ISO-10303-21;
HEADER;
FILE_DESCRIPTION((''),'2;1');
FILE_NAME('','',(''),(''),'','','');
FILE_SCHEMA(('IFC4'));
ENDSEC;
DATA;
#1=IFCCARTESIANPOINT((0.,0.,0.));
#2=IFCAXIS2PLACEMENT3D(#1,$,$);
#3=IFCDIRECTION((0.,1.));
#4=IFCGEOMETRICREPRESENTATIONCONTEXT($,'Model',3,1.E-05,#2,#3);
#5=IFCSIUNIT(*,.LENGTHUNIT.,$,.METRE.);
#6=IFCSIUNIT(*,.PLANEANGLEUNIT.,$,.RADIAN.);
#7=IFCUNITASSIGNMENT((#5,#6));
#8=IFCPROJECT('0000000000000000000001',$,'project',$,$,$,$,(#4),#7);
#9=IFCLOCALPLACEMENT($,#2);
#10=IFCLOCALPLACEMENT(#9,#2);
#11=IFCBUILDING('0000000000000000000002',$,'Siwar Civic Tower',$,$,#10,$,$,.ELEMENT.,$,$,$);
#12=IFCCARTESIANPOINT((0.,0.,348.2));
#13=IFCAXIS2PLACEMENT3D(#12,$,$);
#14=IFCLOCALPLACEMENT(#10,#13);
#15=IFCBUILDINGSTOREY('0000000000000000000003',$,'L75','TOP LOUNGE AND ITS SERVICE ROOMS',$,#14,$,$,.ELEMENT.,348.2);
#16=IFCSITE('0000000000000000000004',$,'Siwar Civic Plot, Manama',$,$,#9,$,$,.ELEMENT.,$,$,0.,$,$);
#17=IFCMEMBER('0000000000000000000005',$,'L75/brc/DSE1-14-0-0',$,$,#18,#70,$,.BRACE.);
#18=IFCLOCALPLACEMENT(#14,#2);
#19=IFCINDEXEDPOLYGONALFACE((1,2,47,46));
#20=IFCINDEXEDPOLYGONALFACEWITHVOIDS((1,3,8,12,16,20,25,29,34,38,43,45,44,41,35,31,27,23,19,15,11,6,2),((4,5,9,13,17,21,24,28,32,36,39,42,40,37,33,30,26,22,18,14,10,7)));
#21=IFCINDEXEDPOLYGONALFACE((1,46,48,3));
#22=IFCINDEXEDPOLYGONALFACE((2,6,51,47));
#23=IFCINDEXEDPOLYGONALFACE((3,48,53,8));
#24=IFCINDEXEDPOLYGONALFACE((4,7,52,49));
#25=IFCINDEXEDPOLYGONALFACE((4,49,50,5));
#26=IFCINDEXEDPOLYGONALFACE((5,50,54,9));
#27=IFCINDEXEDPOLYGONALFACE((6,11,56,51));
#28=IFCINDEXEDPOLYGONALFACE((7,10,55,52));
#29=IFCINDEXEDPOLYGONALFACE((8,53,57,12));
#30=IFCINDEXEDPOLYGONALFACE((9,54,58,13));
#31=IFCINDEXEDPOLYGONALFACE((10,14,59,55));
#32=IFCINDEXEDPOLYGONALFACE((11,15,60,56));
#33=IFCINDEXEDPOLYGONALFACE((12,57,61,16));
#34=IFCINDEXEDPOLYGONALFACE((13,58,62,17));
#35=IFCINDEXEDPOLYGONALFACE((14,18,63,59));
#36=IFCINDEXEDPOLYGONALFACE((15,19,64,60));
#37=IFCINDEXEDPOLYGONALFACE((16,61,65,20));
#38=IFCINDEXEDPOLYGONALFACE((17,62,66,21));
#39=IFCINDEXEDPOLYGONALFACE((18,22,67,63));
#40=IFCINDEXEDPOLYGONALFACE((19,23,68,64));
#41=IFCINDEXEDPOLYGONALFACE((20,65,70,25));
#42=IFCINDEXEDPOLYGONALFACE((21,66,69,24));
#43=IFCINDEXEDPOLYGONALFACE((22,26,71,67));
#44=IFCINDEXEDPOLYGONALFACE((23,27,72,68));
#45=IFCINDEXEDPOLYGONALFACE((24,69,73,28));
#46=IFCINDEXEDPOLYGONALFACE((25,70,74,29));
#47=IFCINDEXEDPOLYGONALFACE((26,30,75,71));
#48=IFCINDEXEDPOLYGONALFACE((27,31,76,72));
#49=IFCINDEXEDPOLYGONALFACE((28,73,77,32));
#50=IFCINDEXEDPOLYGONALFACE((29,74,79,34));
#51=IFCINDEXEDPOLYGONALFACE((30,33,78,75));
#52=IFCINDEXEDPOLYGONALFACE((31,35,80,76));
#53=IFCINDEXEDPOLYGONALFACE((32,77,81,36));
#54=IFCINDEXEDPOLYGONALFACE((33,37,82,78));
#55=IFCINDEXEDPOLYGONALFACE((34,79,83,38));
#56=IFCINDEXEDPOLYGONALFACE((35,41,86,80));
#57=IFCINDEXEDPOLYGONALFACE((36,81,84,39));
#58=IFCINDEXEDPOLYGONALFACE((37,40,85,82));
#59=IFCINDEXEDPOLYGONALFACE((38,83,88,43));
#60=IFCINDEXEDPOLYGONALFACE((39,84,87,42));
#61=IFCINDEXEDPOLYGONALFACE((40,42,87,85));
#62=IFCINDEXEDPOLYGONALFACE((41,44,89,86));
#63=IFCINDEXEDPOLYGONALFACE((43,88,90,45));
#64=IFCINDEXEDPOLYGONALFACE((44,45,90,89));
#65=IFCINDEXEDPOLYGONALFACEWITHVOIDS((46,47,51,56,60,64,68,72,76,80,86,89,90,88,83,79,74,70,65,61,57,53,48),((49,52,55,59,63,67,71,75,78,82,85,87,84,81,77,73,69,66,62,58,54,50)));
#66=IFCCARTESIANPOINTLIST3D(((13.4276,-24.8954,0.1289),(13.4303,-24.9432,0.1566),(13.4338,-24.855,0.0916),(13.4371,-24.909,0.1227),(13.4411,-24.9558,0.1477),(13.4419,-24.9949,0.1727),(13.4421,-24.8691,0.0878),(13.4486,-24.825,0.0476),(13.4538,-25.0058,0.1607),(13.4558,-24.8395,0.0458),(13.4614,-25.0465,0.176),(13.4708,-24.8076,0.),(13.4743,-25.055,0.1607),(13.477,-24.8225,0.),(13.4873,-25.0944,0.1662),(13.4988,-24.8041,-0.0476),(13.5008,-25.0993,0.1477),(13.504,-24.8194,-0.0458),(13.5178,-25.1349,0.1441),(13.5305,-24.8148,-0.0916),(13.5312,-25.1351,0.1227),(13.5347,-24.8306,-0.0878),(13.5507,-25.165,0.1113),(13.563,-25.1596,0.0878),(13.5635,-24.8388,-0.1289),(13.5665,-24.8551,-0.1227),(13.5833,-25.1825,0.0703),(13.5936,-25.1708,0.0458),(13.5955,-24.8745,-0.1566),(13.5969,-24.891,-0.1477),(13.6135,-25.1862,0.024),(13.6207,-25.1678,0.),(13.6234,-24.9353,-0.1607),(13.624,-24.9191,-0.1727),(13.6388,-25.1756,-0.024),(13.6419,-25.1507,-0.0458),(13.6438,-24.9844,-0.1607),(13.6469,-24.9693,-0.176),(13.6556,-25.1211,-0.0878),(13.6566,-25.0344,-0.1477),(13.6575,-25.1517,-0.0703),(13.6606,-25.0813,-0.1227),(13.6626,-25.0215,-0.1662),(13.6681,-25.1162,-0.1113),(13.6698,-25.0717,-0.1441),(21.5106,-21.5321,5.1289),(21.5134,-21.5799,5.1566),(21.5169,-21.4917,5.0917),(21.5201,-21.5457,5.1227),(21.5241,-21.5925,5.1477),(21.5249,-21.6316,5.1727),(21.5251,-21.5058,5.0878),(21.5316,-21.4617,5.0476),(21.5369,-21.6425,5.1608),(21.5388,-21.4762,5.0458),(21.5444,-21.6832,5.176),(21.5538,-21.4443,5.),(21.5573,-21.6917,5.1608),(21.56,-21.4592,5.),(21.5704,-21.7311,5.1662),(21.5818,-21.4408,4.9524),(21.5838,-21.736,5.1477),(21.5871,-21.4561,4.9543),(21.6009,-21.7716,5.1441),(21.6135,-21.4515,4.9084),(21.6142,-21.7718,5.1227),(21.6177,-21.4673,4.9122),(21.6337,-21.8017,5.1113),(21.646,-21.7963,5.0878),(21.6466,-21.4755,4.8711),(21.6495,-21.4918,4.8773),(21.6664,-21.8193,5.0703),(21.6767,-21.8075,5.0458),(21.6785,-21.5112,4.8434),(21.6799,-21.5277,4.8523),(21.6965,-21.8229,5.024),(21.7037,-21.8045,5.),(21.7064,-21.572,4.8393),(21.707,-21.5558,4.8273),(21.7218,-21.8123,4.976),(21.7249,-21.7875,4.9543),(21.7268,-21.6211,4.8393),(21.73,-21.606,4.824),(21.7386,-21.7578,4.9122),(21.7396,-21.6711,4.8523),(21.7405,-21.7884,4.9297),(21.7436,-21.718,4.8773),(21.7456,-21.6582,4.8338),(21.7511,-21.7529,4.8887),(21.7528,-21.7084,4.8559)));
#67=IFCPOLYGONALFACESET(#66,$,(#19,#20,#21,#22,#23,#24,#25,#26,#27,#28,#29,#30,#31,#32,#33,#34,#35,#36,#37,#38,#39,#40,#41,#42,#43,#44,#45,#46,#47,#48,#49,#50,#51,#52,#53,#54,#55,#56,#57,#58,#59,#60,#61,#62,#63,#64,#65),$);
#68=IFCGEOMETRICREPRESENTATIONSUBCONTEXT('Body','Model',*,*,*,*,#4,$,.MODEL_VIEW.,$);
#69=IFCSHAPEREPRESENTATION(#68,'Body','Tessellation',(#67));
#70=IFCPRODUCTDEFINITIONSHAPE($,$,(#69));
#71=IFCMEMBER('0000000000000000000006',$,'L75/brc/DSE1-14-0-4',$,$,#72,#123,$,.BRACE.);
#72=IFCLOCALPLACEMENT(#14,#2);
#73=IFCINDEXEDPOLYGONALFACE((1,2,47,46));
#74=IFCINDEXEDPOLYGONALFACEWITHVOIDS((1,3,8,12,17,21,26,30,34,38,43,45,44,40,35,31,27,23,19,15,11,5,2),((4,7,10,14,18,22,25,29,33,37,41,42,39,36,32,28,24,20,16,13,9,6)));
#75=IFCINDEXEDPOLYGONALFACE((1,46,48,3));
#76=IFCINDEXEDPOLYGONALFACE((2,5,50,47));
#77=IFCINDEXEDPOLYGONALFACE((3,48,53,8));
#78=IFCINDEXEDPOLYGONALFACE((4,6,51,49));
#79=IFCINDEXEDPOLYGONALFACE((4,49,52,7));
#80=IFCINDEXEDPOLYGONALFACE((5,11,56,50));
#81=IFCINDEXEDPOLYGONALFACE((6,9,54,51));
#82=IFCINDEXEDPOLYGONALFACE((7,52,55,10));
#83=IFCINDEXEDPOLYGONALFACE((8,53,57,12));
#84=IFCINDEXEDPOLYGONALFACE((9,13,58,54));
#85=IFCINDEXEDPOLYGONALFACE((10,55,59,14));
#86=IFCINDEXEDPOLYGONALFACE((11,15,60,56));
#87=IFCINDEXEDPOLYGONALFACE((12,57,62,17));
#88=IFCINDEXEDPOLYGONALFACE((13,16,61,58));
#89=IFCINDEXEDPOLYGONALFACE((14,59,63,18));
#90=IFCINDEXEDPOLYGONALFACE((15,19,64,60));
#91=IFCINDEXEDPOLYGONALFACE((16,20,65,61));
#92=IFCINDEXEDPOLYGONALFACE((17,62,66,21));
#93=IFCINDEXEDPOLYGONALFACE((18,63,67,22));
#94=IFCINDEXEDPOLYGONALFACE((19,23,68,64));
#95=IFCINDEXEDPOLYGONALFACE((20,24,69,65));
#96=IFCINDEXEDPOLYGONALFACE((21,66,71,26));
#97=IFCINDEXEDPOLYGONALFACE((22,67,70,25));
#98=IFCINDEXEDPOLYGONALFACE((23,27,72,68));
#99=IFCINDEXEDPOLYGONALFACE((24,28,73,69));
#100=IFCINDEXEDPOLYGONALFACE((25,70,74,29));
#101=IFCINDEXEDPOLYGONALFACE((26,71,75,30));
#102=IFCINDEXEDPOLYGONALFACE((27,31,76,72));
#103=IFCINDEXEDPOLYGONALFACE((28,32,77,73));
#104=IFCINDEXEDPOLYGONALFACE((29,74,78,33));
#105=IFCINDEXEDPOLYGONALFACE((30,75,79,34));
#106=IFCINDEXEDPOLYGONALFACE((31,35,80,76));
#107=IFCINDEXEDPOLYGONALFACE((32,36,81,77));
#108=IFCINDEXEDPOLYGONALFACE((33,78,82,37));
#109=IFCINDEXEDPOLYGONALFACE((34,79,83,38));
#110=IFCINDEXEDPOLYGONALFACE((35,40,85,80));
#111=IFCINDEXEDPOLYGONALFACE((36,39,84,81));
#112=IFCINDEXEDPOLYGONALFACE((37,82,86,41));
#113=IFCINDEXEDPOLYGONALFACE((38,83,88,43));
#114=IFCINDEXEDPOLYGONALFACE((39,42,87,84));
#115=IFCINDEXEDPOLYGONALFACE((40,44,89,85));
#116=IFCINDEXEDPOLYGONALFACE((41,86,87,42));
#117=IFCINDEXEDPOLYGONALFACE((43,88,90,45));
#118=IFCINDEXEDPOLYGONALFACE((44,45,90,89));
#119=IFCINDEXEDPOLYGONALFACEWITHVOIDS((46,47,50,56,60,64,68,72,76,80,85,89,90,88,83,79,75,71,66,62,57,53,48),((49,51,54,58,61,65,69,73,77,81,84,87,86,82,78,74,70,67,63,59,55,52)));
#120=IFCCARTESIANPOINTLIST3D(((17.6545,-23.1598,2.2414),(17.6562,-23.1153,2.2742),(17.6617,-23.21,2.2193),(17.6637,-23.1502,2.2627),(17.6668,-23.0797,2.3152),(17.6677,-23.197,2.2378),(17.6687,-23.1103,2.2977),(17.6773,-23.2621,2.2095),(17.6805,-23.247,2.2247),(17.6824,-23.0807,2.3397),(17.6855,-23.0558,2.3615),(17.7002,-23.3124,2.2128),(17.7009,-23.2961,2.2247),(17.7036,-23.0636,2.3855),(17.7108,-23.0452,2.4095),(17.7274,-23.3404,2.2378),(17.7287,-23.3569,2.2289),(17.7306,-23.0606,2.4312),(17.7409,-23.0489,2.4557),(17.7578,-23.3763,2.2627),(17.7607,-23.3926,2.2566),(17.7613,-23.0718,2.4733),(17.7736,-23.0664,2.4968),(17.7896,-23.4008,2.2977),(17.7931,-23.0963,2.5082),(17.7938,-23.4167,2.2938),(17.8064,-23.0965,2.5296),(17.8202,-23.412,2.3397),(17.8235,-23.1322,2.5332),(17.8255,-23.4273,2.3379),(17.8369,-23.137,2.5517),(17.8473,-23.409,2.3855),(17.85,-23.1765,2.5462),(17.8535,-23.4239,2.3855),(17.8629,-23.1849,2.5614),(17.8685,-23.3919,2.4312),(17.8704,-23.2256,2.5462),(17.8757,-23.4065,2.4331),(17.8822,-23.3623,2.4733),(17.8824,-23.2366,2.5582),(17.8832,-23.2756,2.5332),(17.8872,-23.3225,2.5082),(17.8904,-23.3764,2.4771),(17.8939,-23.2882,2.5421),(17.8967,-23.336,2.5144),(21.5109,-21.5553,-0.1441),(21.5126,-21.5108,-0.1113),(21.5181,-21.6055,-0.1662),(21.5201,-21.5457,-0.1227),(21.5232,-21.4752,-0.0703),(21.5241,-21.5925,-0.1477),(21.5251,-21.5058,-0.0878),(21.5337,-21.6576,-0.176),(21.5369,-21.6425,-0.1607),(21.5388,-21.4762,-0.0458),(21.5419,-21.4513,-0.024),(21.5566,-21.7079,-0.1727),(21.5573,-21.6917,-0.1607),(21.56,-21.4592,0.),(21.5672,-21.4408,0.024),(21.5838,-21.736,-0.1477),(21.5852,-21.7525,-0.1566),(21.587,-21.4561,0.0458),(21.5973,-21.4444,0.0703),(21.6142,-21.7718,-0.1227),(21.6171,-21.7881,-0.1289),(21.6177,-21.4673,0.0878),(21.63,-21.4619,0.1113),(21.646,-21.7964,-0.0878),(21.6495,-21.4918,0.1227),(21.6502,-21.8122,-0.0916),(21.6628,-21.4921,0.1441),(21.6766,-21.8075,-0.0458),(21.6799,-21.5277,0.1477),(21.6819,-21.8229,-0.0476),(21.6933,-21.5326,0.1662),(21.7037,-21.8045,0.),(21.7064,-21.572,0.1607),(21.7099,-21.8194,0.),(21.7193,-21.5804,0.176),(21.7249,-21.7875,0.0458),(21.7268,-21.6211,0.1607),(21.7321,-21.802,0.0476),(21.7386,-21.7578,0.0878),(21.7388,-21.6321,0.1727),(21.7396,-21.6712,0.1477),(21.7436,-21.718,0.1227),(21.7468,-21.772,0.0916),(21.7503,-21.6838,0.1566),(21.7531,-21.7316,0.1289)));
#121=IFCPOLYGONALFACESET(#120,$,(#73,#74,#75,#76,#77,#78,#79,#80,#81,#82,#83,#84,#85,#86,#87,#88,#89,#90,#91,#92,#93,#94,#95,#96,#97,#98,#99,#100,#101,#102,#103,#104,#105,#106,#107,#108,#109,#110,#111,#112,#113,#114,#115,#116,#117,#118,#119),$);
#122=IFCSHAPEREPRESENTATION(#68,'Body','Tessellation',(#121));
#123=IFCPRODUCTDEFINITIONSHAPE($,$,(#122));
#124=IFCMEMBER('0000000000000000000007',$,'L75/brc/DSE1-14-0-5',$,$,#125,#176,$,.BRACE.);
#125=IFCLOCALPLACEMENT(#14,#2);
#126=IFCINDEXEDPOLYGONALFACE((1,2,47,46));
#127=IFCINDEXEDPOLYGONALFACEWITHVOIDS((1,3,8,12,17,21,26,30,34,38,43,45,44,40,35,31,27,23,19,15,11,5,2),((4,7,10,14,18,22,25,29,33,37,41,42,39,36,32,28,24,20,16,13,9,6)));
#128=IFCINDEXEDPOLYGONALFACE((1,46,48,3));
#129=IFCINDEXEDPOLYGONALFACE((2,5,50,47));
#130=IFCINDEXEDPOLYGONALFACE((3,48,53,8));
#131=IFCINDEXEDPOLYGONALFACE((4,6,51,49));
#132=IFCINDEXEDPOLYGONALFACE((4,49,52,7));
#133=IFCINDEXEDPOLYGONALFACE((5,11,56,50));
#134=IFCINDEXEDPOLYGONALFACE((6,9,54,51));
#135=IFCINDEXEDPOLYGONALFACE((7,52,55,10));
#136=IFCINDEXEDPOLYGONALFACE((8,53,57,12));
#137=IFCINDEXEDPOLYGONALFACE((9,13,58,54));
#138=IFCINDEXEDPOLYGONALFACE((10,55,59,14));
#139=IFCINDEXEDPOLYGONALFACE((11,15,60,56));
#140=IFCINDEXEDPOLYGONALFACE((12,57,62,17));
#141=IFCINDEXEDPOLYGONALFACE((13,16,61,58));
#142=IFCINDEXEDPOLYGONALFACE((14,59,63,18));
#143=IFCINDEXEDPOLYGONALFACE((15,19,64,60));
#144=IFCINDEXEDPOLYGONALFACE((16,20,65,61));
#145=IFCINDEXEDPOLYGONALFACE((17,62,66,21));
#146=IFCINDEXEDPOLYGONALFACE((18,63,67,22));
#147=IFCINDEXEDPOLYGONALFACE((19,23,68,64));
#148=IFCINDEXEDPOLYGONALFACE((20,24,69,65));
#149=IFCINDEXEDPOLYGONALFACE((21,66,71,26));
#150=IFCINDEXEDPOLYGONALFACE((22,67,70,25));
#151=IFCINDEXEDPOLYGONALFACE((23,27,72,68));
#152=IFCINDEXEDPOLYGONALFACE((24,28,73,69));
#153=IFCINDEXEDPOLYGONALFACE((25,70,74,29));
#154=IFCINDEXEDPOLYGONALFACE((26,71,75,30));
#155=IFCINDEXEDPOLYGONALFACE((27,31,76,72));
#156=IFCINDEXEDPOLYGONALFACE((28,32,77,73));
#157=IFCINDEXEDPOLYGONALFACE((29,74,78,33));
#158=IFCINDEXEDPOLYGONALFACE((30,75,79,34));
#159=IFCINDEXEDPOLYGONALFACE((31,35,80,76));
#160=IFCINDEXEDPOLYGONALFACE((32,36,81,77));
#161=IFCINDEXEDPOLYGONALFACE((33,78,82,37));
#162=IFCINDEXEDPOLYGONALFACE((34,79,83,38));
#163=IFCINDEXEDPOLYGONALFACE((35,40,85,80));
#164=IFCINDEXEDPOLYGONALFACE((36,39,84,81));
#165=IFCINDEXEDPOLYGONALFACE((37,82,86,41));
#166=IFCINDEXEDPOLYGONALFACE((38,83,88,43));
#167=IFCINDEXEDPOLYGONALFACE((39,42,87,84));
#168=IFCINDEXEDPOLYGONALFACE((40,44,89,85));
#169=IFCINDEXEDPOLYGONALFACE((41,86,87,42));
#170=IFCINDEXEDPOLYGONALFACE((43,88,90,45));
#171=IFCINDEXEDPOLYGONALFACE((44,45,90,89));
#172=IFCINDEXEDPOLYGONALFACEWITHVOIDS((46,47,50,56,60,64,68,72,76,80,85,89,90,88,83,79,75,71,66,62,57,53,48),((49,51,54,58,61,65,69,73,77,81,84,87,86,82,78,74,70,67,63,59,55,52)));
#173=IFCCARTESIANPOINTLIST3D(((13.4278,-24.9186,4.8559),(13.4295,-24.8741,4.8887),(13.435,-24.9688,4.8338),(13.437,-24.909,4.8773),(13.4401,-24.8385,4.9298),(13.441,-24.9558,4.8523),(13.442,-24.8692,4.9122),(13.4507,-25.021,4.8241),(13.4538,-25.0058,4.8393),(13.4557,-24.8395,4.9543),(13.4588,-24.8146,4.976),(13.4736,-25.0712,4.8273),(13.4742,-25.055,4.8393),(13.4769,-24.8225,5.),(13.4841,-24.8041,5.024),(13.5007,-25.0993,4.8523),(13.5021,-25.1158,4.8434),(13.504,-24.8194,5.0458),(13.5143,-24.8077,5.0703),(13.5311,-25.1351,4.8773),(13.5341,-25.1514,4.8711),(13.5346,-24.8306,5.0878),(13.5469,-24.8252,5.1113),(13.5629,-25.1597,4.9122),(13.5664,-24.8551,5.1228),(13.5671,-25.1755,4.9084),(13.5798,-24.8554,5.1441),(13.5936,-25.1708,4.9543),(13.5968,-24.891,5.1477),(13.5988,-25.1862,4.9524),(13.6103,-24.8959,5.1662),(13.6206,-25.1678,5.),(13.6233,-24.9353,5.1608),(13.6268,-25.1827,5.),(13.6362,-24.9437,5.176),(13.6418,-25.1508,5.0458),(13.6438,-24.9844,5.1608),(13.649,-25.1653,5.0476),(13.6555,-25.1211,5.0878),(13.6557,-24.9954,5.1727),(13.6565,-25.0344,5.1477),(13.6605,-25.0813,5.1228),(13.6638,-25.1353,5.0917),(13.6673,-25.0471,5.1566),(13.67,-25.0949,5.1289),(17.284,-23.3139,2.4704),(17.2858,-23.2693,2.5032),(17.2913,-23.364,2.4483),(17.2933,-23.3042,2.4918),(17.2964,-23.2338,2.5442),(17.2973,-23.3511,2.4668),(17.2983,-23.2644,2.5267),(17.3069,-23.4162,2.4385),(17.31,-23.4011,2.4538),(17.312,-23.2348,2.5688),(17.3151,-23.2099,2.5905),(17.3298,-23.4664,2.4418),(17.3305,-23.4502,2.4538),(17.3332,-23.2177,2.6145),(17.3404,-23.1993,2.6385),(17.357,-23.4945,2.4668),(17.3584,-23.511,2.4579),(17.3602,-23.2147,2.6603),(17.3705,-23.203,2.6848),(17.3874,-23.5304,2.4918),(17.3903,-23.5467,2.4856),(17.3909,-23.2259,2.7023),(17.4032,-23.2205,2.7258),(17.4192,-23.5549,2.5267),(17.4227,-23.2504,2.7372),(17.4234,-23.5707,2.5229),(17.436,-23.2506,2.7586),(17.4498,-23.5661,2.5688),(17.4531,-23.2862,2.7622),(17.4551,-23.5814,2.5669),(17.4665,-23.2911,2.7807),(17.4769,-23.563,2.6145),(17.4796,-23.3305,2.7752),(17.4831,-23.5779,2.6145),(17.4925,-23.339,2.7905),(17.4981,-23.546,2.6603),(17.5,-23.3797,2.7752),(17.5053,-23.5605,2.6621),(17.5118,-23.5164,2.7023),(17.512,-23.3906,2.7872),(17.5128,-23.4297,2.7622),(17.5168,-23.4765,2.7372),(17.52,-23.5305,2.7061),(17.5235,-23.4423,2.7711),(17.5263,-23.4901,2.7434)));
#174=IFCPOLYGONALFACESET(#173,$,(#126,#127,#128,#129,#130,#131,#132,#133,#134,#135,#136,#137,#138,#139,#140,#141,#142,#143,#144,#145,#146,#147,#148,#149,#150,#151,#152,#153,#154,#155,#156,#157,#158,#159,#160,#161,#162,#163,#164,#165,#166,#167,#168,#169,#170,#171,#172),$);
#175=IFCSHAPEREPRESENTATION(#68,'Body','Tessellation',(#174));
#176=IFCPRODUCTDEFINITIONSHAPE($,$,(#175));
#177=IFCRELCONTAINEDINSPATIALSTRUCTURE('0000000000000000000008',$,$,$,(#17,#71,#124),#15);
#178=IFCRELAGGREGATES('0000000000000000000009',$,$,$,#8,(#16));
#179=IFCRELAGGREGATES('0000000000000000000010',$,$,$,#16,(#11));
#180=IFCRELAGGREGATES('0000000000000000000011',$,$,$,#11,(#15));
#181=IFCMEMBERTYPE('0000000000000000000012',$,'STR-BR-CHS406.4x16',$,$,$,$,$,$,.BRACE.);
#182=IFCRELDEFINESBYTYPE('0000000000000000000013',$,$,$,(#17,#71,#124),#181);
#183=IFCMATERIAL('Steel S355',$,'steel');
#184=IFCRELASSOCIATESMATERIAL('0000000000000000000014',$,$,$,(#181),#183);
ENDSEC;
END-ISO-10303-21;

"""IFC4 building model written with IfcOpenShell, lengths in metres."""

from ifc_helpers import new_model, si_unit, direction, frame, origin, origin_2d, place, context, subcontext, project, spatial, hollow_circle, extrude, material, material_profile, profile_set, type_object, element, save


model = new_model("IFC4")

# Units and contexts
model_context = context("Model", 3, precision=1e-05, world=origin(), true_north=direction((0.0, 1.0)))
body_context = subcontext(model_context, "Body", "Model", "MODEL_VIEW")
ifc_project = project(units=[si_unit("LENGTHUNIT", "METRE"), si_unit("PLANEANGLEUNIT", "RADIAN")], contexts=[model_context])

# Site, building, storey
site_placement = place(None, origin())
site = spatial("IfcSite", under=ifc_project, at=site_placement, Name="Siwar Civic Plot, Manama", CompositionType="ELEMENT", RefElevation=0.0)
building_placement = place(site_placement, origin())
building = spatial("IfcBuilding", under=site, at=building_placement, Name="Siwar Civic Tower", CompositionType="ELEMENT")
storey_placement = place(building_placement, frame((0.0, 0.0, 348.2)))
storey = spatial("IfcBuildingStorey", under=building, at=storey_placement, Name="L75", Description="TOP LOUNGE AND ITS SERVICE ROOMS", CompositionType="ELEMENT", Elevation=348.2)

# Members
ifc_material_1 = material(Name="Steel S355", Category="steel")
ifc_material_profile_1 = material_profile(ifc_material_1, hollow_circle(Radius=0.2031, WallThickness=0.0161, at=origin_2d()), Name="CHS406.4x16")
ifc_profile_set_1 = profile_set([ifc_material_profile_1], Name="Steel S355")
member_type_1 = type_object("IfcMemberType", Name="STR-BR-CHS406.4x16", PredefinedType="BRACE", material=ifc_profile_set_1)
member_1_placement = place(storey_placement, frame((13.5488, -24.9951, 0.0), z_axis=(0.801727, 0.333593, 0.495933), x_axis=(-0.384164, 0.923265, 0.0)))
element("IfcMember", 1, at=member_1_placement, inside=storey, type_object=member_type_1, Name="L75/brc/DSE1-14-0-0", PredefinedType="BRACE", context=body_context, shape_type="SweptSolid", body=[
    extrude(hollow_circle(Radius=0.2031, WallThickness=0.0161, at=origin_2d()), origin(), (0.0, 0.0, 1.0), 10.082),
])
for number, where, z_axis, x_axis, name in (
    (2, (21.6318, -21.6318, 0.0), (-0.801737, -0.333567, 0.495934), (0.384134, -0.923277, 0.0), "L75/brc/DSE1-14-0-4"),
    (3, (17.405, -23.3904, 2.6145), (-0.801706, -0.333625, 0.495946), (0.384204, -0.923248, 0.0), "L75/brc/DSE1-14-0-5"),
):
    element("IfcMember", number, at=place(storey_placement, frame(where, z_axis=z_axis, x_axis=x_axis)), inside=storey, type_object=member_type_1, Name=name, PredefinedType="BRACE", context=body_context, shape_type="SweptSolid", body=[
        extrude(hollow_circle(Radius=0.2031, WallThickness=0.0161, at=origin_2d()), origin(), (0.0, 0.0, 1.0), 4.8101),
    ])

save(model, "model.ifc")
